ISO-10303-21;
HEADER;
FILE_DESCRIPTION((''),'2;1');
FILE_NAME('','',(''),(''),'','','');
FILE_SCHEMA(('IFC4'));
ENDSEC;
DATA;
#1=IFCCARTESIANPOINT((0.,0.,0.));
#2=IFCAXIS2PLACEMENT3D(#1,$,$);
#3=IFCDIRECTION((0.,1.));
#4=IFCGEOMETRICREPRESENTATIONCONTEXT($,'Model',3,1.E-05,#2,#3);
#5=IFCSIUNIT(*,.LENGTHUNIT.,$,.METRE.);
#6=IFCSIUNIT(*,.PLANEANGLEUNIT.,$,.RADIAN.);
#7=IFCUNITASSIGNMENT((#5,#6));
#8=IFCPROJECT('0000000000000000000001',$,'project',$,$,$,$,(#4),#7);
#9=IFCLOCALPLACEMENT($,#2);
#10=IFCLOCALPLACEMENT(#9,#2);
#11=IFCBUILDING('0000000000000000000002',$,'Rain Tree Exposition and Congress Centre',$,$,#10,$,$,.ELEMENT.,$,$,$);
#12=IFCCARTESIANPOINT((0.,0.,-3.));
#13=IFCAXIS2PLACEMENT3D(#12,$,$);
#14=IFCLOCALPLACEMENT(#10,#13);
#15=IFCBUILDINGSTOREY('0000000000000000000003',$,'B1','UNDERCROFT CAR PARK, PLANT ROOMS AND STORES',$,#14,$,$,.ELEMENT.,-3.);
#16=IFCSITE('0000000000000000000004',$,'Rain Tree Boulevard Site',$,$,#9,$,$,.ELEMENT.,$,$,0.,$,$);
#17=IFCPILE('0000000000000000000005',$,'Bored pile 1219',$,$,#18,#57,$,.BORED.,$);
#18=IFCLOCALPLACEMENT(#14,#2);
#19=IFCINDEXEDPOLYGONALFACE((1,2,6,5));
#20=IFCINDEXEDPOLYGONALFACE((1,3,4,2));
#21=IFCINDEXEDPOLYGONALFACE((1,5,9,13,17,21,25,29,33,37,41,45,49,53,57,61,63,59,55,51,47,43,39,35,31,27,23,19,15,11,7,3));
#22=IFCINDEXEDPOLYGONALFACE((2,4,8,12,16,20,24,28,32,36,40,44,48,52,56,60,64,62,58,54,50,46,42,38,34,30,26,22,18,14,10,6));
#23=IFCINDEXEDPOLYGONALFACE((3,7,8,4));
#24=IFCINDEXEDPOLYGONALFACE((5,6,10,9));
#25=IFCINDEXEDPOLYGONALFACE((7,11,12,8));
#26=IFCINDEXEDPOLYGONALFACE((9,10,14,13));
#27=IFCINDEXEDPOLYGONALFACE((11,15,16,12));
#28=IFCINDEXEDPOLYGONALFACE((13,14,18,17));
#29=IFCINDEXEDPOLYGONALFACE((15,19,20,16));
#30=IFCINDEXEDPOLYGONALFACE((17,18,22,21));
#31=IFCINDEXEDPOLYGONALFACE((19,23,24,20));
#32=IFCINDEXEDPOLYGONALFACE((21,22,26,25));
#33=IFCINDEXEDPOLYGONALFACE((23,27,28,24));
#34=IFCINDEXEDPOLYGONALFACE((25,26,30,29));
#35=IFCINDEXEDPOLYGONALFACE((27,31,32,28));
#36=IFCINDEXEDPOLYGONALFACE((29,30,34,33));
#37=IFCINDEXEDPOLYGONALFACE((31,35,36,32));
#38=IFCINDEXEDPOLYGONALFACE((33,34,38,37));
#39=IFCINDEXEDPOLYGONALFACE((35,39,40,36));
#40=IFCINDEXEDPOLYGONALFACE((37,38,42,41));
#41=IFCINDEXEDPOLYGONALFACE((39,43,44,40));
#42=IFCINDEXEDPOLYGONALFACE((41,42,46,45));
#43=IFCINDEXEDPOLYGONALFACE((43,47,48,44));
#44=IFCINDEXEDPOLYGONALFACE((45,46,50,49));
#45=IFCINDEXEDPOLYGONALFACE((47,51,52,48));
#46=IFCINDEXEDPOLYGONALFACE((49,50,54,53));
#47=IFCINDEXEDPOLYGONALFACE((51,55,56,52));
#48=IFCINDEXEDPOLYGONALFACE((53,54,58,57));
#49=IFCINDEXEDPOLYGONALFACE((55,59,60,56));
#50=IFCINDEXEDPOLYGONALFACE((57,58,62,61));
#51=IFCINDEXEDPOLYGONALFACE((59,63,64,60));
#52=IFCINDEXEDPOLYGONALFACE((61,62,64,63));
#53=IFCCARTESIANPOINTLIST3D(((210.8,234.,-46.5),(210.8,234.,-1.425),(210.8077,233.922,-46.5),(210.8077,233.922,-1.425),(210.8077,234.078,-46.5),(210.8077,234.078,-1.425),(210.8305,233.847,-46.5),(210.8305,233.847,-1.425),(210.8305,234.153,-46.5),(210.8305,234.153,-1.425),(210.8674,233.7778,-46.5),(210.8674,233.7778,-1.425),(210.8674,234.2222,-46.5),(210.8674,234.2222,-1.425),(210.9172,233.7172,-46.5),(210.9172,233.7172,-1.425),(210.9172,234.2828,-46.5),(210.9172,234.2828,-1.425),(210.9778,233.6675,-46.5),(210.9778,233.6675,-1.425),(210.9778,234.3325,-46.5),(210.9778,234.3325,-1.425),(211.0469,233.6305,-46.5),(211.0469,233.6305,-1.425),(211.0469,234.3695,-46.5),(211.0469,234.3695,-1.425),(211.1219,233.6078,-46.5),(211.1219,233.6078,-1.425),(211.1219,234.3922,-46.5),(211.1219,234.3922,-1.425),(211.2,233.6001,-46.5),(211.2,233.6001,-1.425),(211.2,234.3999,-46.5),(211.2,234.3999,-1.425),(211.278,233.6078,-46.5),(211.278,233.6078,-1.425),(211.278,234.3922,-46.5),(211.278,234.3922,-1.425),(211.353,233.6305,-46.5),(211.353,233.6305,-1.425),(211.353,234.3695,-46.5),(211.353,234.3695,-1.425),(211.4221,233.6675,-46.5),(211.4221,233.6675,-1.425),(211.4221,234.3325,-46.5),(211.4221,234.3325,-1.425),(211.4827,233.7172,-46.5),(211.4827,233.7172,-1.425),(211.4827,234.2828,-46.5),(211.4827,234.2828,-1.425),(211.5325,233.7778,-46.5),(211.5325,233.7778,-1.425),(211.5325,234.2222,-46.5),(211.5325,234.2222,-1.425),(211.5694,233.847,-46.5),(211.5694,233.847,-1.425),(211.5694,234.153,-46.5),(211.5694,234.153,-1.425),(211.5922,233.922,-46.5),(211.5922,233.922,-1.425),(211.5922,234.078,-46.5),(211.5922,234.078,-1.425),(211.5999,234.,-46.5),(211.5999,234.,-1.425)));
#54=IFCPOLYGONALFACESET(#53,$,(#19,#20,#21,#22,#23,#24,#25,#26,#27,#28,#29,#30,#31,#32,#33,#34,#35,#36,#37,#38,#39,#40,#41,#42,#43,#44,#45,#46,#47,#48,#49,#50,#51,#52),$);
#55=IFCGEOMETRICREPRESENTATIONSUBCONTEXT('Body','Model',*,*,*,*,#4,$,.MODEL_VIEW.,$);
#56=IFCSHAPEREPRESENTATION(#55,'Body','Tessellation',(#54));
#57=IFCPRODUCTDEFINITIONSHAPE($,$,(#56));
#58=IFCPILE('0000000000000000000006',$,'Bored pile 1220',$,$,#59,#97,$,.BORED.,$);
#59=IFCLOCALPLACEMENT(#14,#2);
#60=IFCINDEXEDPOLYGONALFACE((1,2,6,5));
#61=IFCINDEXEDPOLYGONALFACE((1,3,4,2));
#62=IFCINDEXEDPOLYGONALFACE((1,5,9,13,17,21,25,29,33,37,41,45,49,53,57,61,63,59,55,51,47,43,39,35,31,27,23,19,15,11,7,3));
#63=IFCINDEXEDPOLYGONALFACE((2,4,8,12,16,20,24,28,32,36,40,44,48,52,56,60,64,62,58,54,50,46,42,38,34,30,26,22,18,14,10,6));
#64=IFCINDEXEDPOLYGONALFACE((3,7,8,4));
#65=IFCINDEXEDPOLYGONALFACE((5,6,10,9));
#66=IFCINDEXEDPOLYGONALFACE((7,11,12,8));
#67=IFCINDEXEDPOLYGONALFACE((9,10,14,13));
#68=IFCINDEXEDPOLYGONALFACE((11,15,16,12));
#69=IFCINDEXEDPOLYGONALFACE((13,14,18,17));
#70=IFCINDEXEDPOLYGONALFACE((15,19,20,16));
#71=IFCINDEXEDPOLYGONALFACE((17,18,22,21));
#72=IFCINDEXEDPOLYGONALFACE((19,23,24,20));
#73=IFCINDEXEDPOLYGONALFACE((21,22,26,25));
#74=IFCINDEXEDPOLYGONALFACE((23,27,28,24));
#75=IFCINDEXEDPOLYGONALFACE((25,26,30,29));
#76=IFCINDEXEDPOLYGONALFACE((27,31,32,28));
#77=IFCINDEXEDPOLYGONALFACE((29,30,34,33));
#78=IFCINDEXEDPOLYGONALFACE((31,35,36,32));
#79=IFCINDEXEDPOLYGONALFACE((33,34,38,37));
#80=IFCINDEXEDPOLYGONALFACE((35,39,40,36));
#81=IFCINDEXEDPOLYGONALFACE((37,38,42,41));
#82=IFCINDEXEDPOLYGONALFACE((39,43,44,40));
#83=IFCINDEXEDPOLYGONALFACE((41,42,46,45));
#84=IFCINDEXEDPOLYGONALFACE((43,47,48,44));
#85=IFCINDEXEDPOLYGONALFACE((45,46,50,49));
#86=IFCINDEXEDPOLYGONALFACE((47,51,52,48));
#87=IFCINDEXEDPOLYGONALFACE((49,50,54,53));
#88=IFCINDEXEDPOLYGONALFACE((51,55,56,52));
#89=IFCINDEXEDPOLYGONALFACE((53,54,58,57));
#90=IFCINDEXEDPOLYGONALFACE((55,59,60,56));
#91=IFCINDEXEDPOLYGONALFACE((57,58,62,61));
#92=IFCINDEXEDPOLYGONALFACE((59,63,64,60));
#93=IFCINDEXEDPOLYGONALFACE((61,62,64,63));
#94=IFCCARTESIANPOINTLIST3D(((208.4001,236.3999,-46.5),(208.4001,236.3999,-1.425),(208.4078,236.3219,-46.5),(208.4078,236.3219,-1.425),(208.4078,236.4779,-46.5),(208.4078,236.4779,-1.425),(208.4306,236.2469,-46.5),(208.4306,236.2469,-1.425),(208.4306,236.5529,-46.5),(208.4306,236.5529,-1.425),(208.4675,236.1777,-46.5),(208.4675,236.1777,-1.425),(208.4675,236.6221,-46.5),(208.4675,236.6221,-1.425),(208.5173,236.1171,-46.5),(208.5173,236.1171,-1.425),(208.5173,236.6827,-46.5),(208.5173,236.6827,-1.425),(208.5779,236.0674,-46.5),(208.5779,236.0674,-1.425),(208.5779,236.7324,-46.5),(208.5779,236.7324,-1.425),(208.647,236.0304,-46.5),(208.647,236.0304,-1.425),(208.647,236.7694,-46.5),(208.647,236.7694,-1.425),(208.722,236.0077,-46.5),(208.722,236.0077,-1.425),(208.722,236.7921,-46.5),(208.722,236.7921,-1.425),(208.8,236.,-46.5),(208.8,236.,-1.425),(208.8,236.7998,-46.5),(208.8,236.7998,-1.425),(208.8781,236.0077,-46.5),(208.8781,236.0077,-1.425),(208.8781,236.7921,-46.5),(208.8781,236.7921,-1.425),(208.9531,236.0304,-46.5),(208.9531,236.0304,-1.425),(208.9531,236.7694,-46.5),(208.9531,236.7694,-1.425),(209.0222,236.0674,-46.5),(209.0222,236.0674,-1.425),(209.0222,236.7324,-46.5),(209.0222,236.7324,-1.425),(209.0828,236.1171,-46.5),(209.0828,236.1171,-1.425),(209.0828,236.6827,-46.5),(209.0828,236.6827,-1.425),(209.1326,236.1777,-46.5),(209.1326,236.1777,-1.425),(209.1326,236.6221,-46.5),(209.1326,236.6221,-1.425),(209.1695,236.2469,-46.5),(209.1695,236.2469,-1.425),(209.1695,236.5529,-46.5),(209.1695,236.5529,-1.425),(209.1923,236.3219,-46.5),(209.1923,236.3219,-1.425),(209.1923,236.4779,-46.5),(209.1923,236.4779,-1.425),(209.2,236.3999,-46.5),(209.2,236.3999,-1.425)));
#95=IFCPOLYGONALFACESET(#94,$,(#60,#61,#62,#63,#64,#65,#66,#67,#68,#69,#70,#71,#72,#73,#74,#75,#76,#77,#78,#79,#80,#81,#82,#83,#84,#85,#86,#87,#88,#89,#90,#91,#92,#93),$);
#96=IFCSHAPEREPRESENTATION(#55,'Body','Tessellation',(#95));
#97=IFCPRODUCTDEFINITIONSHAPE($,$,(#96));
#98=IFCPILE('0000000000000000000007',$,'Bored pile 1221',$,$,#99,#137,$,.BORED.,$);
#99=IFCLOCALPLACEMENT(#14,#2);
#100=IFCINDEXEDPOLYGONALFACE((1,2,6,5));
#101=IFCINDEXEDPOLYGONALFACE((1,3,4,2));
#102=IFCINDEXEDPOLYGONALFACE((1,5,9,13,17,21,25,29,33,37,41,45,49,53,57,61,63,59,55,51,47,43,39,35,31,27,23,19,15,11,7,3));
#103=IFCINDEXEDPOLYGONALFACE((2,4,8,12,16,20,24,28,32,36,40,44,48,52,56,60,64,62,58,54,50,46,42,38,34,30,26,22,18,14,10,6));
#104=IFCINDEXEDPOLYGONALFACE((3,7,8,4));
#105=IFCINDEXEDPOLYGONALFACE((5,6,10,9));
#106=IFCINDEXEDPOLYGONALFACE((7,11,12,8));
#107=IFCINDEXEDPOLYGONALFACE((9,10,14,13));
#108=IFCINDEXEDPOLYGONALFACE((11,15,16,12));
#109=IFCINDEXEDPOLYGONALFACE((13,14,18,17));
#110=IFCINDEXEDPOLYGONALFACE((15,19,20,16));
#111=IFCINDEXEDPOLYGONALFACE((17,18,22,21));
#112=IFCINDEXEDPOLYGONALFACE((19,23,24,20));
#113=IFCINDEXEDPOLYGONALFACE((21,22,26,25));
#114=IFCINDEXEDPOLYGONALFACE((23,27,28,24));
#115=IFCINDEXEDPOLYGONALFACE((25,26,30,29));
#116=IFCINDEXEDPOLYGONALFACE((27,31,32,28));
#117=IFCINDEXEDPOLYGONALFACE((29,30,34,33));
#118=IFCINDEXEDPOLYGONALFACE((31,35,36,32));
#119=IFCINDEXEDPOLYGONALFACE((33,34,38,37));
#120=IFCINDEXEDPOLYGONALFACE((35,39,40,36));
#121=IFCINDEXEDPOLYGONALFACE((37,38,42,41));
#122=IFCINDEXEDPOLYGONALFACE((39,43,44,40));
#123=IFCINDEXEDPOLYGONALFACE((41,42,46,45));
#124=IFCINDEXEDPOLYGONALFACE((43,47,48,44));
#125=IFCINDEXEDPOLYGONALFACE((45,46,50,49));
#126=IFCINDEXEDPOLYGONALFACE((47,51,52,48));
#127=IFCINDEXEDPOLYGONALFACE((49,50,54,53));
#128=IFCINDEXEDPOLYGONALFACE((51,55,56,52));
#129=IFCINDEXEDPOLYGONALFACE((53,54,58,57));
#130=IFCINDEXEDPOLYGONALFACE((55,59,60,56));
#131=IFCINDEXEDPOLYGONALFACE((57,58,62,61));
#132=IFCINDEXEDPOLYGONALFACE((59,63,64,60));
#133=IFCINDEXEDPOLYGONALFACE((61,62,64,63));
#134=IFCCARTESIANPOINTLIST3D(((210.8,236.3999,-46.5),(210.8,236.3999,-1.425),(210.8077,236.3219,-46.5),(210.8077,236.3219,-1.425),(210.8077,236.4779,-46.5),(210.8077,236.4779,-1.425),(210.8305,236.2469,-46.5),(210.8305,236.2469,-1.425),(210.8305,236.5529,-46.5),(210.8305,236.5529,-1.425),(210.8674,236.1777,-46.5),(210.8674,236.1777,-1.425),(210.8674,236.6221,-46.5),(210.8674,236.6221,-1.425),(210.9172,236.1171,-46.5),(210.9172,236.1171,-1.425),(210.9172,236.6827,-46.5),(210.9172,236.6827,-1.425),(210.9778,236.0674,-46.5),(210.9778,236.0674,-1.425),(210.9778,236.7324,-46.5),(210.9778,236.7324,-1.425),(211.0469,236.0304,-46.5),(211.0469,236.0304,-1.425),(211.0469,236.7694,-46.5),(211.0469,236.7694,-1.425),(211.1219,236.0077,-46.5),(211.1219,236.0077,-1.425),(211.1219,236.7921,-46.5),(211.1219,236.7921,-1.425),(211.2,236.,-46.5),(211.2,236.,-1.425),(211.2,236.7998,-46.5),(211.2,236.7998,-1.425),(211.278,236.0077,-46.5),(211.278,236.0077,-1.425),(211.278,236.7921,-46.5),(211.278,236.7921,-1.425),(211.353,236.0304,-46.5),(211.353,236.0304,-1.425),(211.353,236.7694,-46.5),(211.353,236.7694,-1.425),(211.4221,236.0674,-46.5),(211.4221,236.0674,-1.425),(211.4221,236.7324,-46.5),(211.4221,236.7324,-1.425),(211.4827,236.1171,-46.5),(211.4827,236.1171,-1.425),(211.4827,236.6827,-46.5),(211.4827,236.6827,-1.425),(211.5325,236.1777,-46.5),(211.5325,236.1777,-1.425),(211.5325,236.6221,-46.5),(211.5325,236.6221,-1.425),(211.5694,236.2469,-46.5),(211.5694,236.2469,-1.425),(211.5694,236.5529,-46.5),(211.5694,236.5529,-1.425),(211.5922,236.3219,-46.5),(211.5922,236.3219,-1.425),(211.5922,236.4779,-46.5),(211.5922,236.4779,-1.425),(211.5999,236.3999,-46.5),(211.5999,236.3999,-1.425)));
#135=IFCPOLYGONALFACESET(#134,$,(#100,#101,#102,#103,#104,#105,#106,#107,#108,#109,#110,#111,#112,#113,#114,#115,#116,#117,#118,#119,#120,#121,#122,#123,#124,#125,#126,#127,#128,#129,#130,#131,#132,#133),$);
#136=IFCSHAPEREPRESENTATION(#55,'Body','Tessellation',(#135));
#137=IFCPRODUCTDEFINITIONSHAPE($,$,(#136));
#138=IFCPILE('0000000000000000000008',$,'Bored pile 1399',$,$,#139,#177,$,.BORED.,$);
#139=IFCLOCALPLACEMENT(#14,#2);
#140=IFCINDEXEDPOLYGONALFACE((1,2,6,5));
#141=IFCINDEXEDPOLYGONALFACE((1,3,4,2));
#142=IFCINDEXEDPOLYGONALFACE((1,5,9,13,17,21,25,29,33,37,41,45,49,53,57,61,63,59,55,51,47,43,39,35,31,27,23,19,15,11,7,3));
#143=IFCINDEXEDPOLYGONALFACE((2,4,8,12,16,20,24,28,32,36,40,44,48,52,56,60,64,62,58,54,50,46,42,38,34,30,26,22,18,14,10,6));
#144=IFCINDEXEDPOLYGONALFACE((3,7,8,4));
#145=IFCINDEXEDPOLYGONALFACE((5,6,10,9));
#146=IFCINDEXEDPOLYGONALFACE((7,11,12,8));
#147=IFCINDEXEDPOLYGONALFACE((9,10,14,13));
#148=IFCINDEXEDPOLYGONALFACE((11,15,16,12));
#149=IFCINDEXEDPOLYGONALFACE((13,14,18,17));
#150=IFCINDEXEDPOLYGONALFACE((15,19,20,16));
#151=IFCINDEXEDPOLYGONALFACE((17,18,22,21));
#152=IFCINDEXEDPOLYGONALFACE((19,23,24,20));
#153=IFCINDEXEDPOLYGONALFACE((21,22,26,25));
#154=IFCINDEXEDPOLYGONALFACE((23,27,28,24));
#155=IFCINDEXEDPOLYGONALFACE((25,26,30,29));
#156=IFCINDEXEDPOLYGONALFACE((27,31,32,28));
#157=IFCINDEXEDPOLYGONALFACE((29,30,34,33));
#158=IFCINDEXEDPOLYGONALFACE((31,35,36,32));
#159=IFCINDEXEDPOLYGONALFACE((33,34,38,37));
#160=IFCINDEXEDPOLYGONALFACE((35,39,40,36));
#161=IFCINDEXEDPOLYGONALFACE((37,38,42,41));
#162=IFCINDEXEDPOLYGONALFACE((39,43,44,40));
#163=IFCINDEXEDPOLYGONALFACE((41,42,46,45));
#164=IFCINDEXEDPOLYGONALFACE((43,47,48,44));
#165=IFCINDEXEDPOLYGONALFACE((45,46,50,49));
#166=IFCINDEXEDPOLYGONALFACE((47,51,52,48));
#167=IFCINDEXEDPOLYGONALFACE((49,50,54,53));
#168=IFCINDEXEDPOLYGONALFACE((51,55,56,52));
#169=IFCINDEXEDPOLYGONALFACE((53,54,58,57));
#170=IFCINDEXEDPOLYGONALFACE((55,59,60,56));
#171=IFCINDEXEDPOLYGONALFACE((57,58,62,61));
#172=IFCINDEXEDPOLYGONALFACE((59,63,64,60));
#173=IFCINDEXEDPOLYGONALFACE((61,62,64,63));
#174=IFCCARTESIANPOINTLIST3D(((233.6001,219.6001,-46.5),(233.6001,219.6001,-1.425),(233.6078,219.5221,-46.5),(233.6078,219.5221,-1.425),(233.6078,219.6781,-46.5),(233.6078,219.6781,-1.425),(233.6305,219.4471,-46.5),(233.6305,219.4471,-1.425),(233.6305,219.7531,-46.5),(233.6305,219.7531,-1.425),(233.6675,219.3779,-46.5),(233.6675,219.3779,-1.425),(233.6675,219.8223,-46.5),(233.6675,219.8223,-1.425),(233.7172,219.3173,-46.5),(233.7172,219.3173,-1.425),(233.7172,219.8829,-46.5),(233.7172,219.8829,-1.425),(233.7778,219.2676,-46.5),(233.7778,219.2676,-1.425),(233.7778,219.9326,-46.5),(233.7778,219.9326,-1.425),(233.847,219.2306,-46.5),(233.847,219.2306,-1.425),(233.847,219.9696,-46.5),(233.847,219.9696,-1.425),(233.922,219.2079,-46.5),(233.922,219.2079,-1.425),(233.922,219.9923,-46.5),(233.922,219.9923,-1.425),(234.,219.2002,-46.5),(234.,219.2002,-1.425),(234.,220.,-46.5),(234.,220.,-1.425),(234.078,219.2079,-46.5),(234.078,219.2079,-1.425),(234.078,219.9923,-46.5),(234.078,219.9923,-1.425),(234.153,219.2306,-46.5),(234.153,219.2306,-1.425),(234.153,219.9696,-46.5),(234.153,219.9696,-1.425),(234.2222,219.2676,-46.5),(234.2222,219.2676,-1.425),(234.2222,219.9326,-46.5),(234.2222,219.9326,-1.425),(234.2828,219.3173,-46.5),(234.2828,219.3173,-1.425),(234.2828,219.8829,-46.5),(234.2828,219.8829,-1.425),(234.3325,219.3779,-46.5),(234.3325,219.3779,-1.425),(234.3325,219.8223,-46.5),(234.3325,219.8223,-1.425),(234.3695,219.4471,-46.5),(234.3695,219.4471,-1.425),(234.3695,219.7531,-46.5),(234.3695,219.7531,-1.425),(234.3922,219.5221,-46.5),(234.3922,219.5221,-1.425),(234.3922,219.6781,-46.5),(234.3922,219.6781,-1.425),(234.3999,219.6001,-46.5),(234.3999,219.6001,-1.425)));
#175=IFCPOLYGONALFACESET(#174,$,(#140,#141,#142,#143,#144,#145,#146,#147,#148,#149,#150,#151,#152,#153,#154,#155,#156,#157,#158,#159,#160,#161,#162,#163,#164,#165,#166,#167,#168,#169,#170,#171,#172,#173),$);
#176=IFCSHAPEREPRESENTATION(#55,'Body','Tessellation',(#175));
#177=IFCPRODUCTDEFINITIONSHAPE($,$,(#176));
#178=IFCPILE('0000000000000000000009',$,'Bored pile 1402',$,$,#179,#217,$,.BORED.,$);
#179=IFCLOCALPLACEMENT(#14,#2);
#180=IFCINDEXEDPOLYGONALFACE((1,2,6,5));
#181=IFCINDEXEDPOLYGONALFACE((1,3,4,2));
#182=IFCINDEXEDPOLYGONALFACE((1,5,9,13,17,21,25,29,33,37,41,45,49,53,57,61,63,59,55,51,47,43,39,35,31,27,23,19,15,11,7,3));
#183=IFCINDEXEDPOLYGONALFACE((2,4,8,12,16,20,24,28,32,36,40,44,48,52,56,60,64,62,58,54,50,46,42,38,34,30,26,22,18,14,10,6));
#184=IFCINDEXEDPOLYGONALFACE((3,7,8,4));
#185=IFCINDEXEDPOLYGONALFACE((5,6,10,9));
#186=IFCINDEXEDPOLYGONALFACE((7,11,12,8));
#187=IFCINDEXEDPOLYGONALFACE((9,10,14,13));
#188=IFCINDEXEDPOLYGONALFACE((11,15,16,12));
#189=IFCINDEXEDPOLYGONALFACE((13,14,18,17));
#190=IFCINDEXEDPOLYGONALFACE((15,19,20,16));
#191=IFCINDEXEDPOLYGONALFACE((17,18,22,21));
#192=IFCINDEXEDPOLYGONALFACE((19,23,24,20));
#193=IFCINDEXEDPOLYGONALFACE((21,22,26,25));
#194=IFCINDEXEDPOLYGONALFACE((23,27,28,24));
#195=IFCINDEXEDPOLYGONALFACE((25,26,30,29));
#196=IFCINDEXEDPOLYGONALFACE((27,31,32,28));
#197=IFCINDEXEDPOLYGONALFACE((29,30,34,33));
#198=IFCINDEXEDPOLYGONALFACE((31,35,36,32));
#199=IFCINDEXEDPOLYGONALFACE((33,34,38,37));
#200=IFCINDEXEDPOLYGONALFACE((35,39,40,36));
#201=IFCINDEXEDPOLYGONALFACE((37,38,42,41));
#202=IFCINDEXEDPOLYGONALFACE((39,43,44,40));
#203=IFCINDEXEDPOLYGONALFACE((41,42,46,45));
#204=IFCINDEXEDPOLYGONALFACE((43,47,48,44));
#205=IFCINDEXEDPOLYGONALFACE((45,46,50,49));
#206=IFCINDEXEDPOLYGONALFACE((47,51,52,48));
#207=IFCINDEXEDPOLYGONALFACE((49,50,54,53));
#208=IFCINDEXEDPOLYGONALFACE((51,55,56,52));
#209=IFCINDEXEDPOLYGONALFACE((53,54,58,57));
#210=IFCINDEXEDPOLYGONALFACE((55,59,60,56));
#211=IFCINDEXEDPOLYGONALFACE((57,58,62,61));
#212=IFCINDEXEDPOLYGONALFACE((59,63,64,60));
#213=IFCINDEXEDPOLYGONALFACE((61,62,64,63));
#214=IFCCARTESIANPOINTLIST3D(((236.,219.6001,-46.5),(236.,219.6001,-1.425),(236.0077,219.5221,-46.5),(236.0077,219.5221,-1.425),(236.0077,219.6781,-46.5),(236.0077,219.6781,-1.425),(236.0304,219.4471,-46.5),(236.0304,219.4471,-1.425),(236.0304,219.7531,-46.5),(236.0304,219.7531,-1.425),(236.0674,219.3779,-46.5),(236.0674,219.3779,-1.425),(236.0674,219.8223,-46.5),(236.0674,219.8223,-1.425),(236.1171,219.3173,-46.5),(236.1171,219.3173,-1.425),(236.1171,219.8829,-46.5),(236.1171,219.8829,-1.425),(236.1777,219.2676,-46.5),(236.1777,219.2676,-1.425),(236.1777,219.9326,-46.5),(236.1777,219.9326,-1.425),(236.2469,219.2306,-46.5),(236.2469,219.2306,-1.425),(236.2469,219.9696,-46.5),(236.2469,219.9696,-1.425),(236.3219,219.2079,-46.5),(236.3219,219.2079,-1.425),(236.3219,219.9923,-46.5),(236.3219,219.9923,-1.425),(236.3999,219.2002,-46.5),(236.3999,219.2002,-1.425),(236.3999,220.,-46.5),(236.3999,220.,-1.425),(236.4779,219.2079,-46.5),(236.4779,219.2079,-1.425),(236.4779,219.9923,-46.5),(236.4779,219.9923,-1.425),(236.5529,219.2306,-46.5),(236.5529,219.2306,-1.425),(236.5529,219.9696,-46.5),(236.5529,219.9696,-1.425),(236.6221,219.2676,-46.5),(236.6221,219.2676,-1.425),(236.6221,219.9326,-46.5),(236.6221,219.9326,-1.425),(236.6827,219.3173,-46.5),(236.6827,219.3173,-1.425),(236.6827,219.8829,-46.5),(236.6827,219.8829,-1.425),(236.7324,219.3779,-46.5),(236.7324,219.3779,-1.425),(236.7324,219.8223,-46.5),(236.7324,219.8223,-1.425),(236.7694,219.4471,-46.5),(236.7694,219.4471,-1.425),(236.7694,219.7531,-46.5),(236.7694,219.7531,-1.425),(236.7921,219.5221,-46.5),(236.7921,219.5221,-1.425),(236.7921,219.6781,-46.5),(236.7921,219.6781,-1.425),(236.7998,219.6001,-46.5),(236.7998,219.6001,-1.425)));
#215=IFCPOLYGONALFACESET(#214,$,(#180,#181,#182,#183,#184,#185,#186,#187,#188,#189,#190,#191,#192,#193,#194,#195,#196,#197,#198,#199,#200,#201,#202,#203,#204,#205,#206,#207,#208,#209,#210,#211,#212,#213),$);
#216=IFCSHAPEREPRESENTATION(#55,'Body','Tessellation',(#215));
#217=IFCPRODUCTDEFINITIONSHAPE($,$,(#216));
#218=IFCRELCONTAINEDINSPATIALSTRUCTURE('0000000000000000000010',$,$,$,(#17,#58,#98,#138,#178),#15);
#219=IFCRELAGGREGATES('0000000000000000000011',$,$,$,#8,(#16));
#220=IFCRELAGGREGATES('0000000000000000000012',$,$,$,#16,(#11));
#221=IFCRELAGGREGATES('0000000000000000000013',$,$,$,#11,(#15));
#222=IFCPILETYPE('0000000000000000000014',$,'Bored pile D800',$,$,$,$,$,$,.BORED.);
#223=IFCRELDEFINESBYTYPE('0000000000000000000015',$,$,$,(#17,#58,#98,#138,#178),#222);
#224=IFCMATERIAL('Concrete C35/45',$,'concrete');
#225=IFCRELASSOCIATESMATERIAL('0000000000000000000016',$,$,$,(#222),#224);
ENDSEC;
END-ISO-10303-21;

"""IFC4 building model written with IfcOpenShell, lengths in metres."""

from ifc_helpers import new_model, si_unit, direction, frame, origin, origin_2d, place, context, subcontext, project, spatial, circle, extrude, material, material_profile, profile_set, type_object, element, save


model = new_model("IFC4")

# Units and contexts
model_context = context("Model", 3, precision=1e-05, world=origin(), true_north=direction((0.0, 1.0)))
body_context = subcontext(model_context, "Body", "Model", "MODEL_VIEW")
ifc_project = project(units=[si_unit("LENGTHUNIT", "METRE"), si_unit("PLANEANGLEUNIT", "RADIAN")], contexts=[model_context])

# Site, building, storey
site_placement = place(None, origin())
site = spatial("IfcSite", under=ifc_project, at=site_placement, Name="Rain Tree Boulevard Site", CompositionType="ELEMENT", RefElevation=0.0)
building_placement = place(site_placement, origin())
building = spatial("IfcBuilding", under=site, at=building_placement, Name="Rain Tree Exposition and Congress Centre", CompositionType="ELEMENT")
storey_placement = place(building_placement, frame((0.0, 0.0, -3.0)))
storey = spatial("IfcBuildingStorey", under=building, at=storey_placement, Name="B1", Description="UNDERCROFT CAR PARK, PLANT ROOMS AND STORES", CompositionType="ELEMENT", Elevation=-3.0)

# Piles
ifc_material_1 = material(Name="Concrete C35/45", Category="concrete")
ifc_material_profile_1 = material_profile(ifc_material_1, circle(Radius=0.3999, at=origin_2d()), Name="D800")
ifc_profile_set_1 = profile_set([ifc_material_profile_1], Name="Concrete C35/45")
pile_type_1 = type_object("IfcPileType", Name="Bored pile D800", PredefinedType="BORED", material=ifc_profile_set_1)
for number, where, z_axis, x_axis, name in (
    (1, (211.2, 234.0, -1.425), (0.0, 0.0, -1.0), (1.0, 0.0, 0.0), "Bored pile 1219"),
    (2, (208.8, 236.3999, -1.425), (0.0, 0.0, -1.0), (1.0, 0.0, 0.0), "Bored pile 1220"),
    (3, (211.2, 236.3999, -1.425), (0.0, 0.0, -1.0), (1.0, 0.0, 0.0), "Bored pile 1221"),
    (4, (234.0, 219.6001, -1.425), (0.0, 0.0, -1.0), (1.0, 0.0, 0.0), "Bored pile 1399"),
    (5, (236.3999, 219.6001, -1.425), (0.0, 0.0, -1.0), (1.0, 0.0, 0.0), "Bored pile 1402"),
):
    element("IfcPile", number, at=place(storey_placement, frame(where, z_axis=z_axis, x_axis=x_axis)), inside=storey, type_object=pile_type_1, Name=name, PredefinedType="BORED", context=body_context, shape_type="SweptSolid", body=[
        extrude(circle(Radius=0.3999, at=origin_2d()), origin(), (0.0, 0.0, 1.0), 45.075),
    ])

save(model, "model.ifc")
